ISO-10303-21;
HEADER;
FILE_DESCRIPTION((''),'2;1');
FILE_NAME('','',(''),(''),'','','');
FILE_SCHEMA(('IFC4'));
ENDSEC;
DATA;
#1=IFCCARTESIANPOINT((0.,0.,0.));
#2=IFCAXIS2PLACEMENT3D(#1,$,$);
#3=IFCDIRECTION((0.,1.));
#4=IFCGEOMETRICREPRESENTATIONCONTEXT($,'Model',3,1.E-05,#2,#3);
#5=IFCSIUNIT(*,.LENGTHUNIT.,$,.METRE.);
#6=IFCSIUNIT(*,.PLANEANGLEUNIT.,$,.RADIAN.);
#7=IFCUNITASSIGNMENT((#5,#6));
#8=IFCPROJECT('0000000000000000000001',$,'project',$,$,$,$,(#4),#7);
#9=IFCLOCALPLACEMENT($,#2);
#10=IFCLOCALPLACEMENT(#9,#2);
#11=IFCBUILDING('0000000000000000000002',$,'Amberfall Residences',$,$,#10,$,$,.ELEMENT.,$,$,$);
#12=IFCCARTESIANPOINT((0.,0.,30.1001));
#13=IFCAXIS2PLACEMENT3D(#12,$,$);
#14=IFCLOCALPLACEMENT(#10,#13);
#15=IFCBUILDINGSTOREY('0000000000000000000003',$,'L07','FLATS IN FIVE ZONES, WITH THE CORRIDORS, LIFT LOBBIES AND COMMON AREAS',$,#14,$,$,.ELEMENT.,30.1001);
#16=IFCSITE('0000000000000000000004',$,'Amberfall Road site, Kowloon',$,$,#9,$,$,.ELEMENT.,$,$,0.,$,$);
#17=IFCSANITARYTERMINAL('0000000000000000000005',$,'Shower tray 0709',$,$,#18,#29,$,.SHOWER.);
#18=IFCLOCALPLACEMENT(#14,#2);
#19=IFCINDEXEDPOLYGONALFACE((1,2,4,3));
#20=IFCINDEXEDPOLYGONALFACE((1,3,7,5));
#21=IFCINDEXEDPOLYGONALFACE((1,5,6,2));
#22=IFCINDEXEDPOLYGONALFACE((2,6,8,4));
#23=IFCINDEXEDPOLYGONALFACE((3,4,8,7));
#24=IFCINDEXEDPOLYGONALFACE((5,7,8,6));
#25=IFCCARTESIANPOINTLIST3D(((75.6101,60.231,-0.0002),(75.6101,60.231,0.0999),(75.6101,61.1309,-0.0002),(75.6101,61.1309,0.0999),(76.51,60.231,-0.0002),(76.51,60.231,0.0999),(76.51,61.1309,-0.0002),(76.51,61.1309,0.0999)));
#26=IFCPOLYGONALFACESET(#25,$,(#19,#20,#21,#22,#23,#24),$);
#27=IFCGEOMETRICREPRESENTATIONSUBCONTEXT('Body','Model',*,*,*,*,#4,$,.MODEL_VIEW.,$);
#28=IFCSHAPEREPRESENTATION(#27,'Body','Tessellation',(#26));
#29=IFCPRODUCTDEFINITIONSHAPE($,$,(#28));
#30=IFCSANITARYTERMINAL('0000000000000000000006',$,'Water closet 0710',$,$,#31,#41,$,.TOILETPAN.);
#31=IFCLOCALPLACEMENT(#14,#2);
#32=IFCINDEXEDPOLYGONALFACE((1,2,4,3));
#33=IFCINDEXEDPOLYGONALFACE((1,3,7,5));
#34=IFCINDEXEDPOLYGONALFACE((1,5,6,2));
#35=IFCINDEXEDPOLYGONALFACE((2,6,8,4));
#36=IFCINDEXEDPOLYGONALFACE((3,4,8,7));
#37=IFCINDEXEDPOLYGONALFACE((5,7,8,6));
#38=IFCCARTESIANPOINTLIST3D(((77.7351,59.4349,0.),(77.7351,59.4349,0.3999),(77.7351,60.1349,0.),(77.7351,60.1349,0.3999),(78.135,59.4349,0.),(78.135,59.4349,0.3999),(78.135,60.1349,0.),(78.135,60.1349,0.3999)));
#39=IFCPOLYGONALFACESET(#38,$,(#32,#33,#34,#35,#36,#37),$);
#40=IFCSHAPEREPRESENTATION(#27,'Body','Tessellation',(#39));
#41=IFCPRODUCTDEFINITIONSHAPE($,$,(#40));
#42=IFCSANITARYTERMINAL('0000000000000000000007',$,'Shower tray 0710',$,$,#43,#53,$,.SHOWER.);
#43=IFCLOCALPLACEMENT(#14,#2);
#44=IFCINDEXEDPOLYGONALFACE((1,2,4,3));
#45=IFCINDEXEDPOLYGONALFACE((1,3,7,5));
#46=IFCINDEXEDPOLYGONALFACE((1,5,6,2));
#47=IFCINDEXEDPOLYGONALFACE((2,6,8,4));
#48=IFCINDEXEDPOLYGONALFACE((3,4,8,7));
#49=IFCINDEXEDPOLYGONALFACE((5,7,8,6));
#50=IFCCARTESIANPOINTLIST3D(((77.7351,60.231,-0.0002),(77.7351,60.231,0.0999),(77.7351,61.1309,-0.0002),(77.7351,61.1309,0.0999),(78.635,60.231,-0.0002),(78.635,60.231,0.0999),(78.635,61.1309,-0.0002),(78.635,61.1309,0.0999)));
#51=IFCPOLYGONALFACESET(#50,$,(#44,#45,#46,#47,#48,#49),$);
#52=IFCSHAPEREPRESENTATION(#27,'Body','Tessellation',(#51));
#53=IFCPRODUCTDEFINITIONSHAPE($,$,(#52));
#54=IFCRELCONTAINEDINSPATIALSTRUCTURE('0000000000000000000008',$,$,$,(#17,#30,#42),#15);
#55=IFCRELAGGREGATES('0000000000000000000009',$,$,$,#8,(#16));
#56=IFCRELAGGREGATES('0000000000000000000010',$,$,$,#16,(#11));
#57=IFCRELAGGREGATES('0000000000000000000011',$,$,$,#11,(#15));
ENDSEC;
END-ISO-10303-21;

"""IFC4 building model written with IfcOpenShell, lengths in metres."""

from ifc_helpers import new_model, si_unit, direction, frame, origin, origin_2d, place, context, subcontext, project, spatial, rectangle, extrude, element, save


model = new_model("IFC4")

# Units and contexts
model_context = context("Model", 3, precision=1e-05, world=origin(), true_north=direction((0.0, 1.0)))
body_context = subcontext(model_context, "Body", "Model", "MODEL_VIEW")
ifc_project = project(units=[si_unit("LENGTHUNIT", "METRE"), si_unit("PLANEANGLEUNIT", "RADIAN")], contexts=[model_context])

# Site, building, storey
site_placement = place(None, origin())
site = spatial("IfcSite", under=ifc_project, at=site_placement, Name="Amberfall Road site, Kowloon", CompositionType="ELEMENT", RefElevation=0.0)
building_placement = place(site_placement, origin())
building = spatial("IfcBuilding", under=site, at=building_placement, Name="Amberfall Residences", CompositionType="ELEMENT")
storey_placement = place(building_placement, frame((0.0, 0.0, 30.1001)))
storey = spatial("IfcBuildingStorey", under=building, at=storey_placement, Name="L07", Description="FLATS IN FIVE ZONES, WITH THE CORRIDORS, LIFT LOBBIES AND COMMON AREAS", CompositionType="ELEMENT", Elevation=30.1001)

# Sanitary terminals
sanitary_terminal_1_placement = place(storey_placement, frame((76.0601, 60.6809, -0.0002), z_axis=(0.0, 0.0, 1.0), x_axis=(1.0, 0.0, 0.0)))
element("IfcSanitaryTerminal", 1, at=sanitary_terminal_1_placement, inside=storey, Name="Shower tray 0709", PredefinedType="SHOWER", context=body_context, shape_type="SweptSolid", body=[
    extrude(rectangle(XDim=0.8999, YDim=0.8999, at=origin_2d()), origin(), (0.0, 0.0, 1.0), 0.1001),
])
sanitary_terminal_2_placement = place(storey_placement, frame((77.9351, 59.7849, 0.0), z_axis=(0.0, 0.0, 1.0), x_axis=(1.0, 0.0, 0.0)))
element("IfcSanitaryTerminal", 2, at=sanitary_terminal_2_placement, inside=storey, Name="Water closet 0710", PredefinedType="TOILETPAN", context=body_context, shape_type="SweptSolid", body=[
    extrude(rectangle(XDim=0.3999, YDim=0.7, at=origin_2d()), origin(), (0.0, 0.0, 1.0), 0.3999),
])
sanitary_terminal_3_placement = place(storey_placement, frame((78.1851, 60.6809, -0.0002), z_axis=(0.0, 0.0, 1.0), x_axis=(1.0, 0.0, 0.0)))
element("IfcSanitaryTerminal", 3, at=sanitary_terminal_3_placement, inside=storey, Name="Shower tray 0710", PredefinedType="SHOWER", context=body_context, shape_type="SweptSolid", body=[
    extrude(rectangle(XDim=0.8999, YDim=0.8999, at=origin_2d()), origin(), (0.0, 0.0, 1.0), 0.1001),
])

save(model, "model.ifc")
